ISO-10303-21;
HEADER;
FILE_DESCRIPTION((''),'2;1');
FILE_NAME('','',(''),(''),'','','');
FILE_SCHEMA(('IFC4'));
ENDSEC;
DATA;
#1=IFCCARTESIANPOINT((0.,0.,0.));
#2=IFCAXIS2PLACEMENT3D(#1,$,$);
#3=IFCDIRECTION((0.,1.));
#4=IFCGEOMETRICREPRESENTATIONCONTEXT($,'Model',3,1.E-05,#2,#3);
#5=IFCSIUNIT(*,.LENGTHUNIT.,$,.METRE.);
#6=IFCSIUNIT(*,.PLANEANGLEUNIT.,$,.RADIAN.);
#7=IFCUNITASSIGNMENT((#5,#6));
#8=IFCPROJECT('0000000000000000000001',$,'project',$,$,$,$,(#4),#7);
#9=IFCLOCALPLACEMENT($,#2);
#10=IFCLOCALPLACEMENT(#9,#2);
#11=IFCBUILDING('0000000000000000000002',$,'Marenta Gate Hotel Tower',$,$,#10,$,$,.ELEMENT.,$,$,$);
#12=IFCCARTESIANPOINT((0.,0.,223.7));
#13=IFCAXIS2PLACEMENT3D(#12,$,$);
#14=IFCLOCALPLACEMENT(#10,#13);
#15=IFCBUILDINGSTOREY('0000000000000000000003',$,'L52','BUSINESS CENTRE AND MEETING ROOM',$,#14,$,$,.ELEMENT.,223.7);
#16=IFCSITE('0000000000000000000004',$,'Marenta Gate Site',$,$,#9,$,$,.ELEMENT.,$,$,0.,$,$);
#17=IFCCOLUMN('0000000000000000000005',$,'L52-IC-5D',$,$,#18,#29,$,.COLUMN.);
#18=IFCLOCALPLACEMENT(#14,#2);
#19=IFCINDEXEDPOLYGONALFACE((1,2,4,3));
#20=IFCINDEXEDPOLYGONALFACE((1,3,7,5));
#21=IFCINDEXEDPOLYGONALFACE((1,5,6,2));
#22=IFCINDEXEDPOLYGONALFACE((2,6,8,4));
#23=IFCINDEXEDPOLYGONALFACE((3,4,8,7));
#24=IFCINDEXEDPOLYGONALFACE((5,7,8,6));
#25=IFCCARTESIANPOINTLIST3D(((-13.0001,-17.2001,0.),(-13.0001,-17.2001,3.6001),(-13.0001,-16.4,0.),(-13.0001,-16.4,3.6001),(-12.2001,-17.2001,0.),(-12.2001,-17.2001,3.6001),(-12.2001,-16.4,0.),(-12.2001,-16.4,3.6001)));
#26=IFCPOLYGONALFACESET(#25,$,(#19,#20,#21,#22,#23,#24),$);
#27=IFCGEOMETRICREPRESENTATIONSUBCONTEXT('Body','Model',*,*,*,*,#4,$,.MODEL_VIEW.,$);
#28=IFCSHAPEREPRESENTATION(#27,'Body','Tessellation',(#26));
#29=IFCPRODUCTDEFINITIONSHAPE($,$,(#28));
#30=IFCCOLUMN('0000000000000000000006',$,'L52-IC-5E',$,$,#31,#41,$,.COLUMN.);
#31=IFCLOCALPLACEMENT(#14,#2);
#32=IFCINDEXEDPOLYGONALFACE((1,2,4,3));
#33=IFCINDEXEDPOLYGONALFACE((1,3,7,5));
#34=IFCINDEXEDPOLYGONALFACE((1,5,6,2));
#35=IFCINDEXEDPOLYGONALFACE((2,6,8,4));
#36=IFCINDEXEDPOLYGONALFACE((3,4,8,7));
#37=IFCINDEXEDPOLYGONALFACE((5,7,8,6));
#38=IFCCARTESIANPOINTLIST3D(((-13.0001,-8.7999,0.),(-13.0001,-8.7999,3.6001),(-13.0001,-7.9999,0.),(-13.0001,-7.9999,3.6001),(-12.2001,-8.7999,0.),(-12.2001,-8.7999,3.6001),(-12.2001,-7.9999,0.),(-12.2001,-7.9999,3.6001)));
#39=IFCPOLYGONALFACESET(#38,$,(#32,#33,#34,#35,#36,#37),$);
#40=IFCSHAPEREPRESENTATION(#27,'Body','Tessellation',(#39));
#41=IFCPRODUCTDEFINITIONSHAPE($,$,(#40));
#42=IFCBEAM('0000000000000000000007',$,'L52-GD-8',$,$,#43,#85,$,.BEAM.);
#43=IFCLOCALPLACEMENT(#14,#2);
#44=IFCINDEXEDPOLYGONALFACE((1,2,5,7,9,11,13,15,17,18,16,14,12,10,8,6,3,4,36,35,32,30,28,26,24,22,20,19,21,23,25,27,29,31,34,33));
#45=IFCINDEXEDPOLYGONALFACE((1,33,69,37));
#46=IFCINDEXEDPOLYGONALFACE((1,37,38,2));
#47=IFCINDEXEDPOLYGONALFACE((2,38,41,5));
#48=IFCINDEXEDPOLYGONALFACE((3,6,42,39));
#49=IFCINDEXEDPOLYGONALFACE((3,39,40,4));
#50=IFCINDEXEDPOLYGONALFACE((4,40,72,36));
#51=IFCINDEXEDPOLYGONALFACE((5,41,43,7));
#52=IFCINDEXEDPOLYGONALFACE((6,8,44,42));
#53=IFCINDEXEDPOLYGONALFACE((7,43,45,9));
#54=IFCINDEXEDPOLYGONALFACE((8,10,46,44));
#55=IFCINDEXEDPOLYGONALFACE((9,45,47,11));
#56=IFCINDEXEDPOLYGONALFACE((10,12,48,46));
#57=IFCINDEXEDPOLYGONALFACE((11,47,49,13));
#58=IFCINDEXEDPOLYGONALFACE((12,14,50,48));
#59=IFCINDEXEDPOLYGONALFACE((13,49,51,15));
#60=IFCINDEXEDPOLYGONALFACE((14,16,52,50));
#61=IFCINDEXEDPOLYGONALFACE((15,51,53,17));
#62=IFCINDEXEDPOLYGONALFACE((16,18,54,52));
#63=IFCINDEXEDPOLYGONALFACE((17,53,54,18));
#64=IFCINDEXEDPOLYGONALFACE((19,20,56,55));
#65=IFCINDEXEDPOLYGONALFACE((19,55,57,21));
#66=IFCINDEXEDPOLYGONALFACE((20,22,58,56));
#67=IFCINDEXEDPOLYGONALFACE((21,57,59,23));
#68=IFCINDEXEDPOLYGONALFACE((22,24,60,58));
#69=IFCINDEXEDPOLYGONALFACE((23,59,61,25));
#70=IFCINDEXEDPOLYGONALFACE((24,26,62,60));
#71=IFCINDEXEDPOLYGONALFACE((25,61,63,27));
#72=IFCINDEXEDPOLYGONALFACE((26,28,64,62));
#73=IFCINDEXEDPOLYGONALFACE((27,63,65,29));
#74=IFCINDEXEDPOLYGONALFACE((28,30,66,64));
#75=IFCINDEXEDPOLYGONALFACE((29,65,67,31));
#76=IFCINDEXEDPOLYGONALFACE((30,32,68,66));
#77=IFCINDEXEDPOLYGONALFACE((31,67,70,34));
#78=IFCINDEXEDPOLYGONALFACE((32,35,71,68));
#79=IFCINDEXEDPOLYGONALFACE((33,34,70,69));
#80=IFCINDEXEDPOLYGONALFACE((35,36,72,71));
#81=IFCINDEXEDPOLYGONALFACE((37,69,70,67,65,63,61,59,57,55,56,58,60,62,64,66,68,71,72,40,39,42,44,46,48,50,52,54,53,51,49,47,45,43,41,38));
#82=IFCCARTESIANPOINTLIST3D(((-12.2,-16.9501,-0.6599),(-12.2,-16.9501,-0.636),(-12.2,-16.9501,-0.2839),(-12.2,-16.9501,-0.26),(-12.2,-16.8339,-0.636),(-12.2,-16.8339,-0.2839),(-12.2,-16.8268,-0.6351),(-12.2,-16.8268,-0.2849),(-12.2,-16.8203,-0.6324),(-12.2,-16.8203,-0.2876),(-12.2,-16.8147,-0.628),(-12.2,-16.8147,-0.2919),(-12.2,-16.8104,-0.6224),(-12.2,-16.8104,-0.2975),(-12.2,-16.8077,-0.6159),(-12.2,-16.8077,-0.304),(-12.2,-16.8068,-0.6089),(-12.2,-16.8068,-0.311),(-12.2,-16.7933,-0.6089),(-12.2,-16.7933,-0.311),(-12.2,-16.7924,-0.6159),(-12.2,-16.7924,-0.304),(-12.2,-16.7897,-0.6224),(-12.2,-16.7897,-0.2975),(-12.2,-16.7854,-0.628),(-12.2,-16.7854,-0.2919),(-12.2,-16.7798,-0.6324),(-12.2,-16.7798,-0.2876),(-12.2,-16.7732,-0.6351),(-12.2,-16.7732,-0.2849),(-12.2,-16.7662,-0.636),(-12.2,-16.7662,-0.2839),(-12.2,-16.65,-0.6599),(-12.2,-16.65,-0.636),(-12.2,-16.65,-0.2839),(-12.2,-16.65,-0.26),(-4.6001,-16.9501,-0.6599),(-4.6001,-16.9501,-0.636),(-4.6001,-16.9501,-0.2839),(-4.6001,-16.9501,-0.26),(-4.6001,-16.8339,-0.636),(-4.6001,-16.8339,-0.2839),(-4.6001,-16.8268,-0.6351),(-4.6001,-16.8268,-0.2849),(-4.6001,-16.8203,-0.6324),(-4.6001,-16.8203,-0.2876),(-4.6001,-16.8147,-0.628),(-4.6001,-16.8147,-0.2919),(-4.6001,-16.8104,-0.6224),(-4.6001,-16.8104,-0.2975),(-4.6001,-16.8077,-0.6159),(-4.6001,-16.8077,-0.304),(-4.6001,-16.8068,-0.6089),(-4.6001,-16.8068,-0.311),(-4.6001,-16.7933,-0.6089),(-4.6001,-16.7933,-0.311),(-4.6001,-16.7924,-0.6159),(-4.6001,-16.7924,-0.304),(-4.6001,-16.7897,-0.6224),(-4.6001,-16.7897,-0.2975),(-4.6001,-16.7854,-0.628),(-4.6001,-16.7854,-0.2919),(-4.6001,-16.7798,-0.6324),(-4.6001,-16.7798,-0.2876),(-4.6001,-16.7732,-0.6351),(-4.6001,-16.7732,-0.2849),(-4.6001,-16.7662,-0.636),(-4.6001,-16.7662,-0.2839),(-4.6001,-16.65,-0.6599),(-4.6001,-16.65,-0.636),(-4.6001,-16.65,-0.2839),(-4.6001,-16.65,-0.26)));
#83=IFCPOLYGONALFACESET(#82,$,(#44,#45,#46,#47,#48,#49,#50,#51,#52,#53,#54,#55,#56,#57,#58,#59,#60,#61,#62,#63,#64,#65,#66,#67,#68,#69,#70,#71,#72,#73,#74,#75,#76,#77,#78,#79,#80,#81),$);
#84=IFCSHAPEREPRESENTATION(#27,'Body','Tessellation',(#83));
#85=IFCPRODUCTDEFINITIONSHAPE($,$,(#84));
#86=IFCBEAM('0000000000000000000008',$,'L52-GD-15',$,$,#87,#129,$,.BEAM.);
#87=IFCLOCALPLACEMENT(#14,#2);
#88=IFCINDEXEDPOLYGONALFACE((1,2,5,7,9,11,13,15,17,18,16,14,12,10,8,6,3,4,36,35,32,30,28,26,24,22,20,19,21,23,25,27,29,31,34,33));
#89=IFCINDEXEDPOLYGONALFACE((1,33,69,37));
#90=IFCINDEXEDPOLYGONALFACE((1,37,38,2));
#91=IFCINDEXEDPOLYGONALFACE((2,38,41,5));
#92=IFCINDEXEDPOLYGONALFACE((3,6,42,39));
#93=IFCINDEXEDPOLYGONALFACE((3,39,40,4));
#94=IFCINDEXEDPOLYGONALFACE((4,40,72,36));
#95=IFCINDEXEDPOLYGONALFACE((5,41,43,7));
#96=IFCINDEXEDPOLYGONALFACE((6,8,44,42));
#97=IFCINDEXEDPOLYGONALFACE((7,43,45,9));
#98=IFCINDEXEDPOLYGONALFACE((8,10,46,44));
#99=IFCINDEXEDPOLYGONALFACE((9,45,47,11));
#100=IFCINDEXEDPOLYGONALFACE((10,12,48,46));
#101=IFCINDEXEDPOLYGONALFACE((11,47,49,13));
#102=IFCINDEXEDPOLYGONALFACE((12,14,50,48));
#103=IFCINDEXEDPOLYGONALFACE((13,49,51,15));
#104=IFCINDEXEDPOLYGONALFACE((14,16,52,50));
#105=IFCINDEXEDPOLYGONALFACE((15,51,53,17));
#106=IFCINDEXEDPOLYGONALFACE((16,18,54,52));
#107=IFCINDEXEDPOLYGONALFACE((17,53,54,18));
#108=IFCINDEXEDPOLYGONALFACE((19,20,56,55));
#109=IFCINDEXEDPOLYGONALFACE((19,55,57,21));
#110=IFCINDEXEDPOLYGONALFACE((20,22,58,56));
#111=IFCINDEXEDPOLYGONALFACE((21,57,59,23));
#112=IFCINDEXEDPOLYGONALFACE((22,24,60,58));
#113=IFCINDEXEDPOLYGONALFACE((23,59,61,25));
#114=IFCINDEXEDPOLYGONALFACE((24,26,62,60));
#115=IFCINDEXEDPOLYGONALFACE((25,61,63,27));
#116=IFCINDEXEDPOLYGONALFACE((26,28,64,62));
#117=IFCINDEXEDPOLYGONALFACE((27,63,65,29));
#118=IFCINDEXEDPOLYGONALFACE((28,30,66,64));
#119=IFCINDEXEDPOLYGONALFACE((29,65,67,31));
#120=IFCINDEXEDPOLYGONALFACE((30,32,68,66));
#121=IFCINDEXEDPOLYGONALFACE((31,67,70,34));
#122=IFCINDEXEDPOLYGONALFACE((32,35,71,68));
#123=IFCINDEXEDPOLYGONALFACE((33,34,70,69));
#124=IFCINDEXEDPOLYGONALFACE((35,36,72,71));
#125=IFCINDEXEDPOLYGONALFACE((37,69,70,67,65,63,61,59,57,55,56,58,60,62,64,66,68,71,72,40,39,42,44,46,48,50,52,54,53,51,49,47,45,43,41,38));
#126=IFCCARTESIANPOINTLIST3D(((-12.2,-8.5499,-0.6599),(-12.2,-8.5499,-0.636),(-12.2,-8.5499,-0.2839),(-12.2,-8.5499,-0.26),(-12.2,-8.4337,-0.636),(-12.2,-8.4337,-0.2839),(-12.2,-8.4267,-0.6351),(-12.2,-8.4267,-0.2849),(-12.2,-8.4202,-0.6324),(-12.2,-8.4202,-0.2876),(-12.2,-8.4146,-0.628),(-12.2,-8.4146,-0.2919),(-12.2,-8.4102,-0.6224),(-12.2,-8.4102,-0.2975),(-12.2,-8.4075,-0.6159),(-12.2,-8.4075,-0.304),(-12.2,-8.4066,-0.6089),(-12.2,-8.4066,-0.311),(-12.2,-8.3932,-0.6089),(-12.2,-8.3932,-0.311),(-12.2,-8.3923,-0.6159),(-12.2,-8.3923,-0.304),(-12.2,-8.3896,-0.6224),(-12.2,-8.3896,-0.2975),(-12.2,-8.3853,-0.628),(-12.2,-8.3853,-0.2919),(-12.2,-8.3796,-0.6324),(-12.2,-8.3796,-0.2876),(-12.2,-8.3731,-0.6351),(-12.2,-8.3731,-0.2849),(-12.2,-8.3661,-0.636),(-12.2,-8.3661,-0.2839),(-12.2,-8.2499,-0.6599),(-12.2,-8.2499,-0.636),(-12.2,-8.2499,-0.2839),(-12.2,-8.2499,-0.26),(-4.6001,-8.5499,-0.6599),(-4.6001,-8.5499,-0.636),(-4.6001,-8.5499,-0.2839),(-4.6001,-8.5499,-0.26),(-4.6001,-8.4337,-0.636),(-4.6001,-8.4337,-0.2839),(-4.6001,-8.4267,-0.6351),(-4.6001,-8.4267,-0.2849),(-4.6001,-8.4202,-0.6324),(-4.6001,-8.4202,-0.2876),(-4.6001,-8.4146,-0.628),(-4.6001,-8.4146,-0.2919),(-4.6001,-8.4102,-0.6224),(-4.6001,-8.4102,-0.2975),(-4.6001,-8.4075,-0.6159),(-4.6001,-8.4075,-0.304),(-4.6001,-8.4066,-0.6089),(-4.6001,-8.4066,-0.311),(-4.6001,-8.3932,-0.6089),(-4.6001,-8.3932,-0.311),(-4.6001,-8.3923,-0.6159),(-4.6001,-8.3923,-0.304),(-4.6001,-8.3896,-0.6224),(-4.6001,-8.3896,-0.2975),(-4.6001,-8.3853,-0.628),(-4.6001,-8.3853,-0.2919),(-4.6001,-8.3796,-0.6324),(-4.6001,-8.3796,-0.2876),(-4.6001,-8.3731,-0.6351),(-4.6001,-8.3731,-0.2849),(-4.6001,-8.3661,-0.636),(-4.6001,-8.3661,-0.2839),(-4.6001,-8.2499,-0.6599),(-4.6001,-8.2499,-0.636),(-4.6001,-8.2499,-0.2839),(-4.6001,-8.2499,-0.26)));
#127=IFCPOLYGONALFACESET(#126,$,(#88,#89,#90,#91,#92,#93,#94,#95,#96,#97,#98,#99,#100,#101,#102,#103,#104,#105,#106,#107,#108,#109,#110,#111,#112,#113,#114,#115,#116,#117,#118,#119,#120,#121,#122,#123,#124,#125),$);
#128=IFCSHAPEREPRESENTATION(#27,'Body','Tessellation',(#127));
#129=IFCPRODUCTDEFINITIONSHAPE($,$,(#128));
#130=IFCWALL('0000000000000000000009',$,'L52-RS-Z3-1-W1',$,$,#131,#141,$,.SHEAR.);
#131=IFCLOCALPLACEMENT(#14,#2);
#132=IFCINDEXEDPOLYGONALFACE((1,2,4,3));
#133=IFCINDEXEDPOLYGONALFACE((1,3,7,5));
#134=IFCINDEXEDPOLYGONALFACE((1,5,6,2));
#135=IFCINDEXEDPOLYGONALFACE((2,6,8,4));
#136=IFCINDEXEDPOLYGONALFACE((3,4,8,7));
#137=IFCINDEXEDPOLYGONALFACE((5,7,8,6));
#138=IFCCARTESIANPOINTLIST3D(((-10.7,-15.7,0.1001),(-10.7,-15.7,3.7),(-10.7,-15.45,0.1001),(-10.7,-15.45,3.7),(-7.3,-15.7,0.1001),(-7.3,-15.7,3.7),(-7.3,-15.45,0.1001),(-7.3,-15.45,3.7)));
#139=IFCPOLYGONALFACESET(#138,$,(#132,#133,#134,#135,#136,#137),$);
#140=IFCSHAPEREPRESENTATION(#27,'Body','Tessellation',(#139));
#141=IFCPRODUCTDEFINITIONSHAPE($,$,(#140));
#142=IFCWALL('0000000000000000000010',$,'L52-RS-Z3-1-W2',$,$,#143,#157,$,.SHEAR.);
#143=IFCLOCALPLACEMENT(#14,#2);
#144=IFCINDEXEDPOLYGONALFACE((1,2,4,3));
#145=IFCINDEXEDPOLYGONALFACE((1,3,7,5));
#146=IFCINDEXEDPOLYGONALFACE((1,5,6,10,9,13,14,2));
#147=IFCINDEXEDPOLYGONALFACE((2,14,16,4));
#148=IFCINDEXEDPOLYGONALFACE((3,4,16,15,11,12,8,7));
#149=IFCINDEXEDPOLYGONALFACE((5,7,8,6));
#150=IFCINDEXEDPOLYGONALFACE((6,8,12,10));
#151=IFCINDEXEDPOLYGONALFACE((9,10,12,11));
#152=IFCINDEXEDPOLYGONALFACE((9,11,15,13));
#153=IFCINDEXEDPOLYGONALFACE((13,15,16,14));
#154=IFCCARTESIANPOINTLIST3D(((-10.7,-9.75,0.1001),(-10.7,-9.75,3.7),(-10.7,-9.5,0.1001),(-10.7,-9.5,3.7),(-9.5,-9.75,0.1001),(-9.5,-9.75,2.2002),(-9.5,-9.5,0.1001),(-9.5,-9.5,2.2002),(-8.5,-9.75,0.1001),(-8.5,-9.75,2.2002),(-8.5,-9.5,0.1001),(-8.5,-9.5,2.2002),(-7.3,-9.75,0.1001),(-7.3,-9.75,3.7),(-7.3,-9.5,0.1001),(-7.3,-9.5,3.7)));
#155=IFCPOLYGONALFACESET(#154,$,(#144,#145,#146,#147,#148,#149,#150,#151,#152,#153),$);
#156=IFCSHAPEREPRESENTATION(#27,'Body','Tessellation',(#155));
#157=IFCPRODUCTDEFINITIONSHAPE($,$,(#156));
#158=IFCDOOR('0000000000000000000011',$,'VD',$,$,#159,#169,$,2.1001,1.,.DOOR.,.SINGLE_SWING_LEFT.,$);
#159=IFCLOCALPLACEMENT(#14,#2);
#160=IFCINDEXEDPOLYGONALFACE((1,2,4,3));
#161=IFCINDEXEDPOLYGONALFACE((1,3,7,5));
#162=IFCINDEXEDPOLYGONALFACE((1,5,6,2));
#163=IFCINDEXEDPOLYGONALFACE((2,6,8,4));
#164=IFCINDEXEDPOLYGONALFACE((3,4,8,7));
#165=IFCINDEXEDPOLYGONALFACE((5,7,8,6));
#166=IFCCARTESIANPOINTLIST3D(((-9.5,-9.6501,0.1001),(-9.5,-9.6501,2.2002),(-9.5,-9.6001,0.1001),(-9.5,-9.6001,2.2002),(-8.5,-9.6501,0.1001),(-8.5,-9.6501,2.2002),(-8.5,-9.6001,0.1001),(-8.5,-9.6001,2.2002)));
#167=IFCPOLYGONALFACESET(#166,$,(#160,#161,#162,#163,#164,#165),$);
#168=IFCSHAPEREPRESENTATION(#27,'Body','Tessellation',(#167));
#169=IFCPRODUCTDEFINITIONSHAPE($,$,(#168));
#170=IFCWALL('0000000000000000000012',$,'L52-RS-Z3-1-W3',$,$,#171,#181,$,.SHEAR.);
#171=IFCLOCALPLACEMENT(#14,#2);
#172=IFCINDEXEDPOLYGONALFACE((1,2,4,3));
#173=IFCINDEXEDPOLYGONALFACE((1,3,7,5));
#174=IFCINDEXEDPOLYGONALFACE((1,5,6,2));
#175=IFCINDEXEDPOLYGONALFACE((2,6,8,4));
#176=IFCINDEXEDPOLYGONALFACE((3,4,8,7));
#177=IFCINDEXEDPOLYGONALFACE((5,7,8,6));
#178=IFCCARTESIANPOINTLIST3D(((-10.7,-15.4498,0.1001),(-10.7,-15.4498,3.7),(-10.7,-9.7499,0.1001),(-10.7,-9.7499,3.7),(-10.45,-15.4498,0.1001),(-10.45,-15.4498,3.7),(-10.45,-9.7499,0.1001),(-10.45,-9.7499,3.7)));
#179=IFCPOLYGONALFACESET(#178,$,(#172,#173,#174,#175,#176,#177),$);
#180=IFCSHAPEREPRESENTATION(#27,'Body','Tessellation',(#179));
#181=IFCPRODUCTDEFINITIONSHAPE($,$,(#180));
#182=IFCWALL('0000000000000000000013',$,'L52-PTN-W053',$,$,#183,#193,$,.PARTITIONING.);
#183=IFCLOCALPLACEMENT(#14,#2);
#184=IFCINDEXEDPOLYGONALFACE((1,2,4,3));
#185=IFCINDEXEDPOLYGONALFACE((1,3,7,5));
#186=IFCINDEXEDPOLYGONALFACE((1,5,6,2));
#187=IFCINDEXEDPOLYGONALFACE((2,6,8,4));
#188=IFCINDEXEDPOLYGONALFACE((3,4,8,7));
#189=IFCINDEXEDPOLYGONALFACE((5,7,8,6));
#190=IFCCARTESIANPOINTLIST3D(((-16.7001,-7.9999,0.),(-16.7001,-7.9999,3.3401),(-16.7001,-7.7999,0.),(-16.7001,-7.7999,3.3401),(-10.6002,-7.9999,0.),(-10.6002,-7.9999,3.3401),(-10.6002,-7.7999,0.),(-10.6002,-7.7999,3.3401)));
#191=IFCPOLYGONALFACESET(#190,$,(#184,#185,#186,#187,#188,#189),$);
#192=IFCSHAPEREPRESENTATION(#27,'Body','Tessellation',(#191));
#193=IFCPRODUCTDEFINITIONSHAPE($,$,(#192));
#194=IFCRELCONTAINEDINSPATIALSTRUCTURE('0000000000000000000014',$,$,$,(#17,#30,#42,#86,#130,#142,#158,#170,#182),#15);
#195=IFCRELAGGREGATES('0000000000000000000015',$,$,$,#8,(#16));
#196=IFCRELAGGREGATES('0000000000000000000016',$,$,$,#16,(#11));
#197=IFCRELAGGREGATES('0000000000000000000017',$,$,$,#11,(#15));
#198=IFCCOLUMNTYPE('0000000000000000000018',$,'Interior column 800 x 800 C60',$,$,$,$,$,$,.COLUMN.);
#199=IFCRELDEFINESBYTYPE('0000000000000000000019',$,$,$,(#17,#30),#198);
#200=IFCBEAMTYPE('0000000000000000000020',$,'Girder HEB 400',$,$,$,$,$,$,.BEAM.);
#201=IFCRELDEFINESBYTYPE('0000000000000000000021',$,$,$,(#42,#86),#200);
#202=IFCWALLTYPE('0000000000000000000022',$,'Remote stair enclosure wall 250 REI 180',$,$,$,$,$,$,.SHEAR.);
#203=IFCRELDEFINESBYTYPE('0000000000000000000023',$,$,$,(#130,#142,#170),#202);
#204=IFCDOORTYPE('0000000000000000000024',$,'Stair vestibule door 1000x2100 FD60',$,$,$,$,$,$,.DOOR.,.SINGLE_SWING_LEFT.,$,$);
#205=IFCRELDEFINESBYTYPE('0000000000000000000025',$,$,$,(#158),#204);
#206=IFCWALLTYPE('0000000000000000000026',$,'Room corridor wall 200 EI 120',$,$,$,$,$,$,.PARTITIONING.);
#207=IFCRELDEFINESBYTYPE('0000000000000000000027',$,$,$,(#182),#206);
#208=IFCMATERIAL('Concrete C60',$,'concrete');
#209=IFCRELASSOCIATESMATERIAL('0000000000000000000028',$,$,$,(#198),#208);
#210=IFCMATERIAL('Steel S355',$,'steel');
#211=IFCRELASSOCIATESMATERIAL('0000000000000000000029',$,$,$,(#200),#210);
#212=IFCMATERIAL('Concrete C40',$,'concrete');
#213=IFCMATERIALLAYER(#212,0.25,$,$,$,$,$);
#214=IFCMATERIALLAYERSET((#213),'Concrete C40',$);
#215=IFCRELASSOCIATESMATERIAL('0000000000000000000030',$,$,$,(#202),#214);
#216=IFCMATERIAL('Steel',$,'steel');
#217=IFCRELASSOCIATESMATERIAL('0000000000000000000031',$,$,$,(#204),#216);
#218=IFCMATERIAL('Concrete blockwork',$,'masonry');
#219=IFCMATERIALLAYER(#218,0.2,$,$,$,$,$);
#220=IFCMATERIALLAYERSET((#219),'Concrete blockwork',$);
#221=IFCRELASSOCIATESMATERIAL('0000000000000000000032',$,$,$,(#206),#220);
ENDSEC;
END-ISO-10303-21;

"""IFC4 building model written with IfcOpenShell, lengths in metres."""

from ifc_helpers import new_model, si_unit, direction, frame, frame_2d, origin, origin_2d, place, context, subcontext, project, spatial, rectangle, i_section, extrude, material, layer, layer_set, material_profile, profile_set, type_object, element, fill, save


model = new_model("IFC4")

# Units and contexts
model_context = context("Model", 3, precision=1e-05, world=origin(), true_north=direction((0.0, 1.0)))
body_context = subcontext(model_context, "Body", "Model", "MODEL_VIEW")
ifc_project = project(units=[si_unit("LENGTHUNIT", "METRE"), si_unit("PLANEANGLEUNIT", "RADIAN")], contexts=[model_context])

# Site, building, storey
site_placement = place(None, origin())
site = spatial("IfcSite", under=ifc_project, at=site_placement, Name="Marenta Gate Site", CompositionType="ELEMENT", RefElevation=0.0)
building_placement = place(site_placement, origin())
building = spatial("IfcBuilding", under=site, at=building_placement, Name="Marenta Gate Hotel Tower", CompositionType="ELEMENT")
storey_placement = place(building_placement, frame((0.0, 0.0, 223.7)))
storey = spatial("IfcBuildingStorey", under=building, at=storey_placement, Name="L52", Description="BUSINESS CENTRE AND MEETING ROOM", CompositionType="ELEMENT", Elevation=223.7)

# Columns
ifc_material_1 = material(Name="Concrete C60", Category="concrete")
ifc_material_profile_1 = material_profile(ifc_material_1, rectangle(XDim=0.8, YDim=0.8, at=origin_2d()), Name="800 x 800")
ifc_profile_set_1 = profile_set([ifc_material_profile_1], Name="Concrete C60")
column_type = type_object("IfcColumnType", Name="Interior column 800 x 800 C60", PredefinedType="COLUMN", material=ifc_profile_set_1)
for number, where, z_axis, x_axis, name in (
    (1, (-12.6001, -16.8, 0.0), (0.0, 0.0, 1.0), (1.0, 0.0, 0.0), "L52-IC-5D"),
    (2, (-12.6001, -8.3999, 0.0), (0.0, 0.0, 1.0), (1.0, 0.0, 0.0), "L52-IC-5E"),
):
    element("IfcColumn", number, at=place(storey_placement, frame(where, z_axis=z_axis, x_axis=x_axis)), inside=storey, type_object=column_type, Name=name, PredefinedType="COLUMN", context=body_context, shape_type="SweptSolid", body=[
        extrude(rectangle(XDim=0.8, YDim=0.8, at=origin_2d()), origin(), (0.0, 0.0, 1.0), 3.6001),
    ])

# Beams
ifc_material_2 = material(Name="Steel S355", Category="steel")
ifc_material_profile_2 = material_profile(ifc_material_2, i_section(OverallWidth=0.3, OverallDepth=0.3999, WebThickness=0.0134, FlangeThickness=0.0239, FilletRadius=0.0271, at=origin_2d()), Name="HEB 400")
ifc_profile_set_2 = profile_set([ifc_material_profile_2], Name="Steel S355")
beam_type = type_object("IfcBeamType", Name="Girder HEB 400", PredefinedType="BEAM", material=ifc_profile_set_2)
for number, where, z_axis, x_axis, name in (
    (3, (-12.2, -16.8, -0.46), (1.0, 0.0, 0.0), (0.0, 1.0, 0.0), "L52-GD-8"),
    (4, (-12.2, -8.3999, -0.46), (1.0, 0.0, 0.0), (0.0, 1.0, 0.0), "L52-GD-15"),
):
    element("IfcBeam", number, at=place(storey_placement, frame(where, z_axis=z_axis, x_axis=x_axis)), inside=storey, type_object=beam_type, Name=name, PredefinedType="BEAM", context=body_context, shape_type="SweptSolid", body=[
        extrude(i_section(OverallWidth=0.3, OverallDepth=0.3999, WebThickness=0.0134, FlangeThickness=0.0239, FilletRadius=0.0271, at=origin_2d()), origin(), (0.0, 0.0, 1.0), 7.5999),
    ])

# Wall
ifc_material_3 = material(Name="Concrete C40", Category="concrete")
ifc_layer_1 = layer(ifc_material_3, 0.25)
ifc_layer_set_1 = layer_set([ifc_layer_1], Name="Concrete C40")
wall_type_1 = type_object("IfcWallType", Name="Remote stair enclosure wall 250 REI 180", PredefinedType="SHEAR", material=ifc_layer_set_1)
wall_1_placement = place(storey_placement, frame((-10.7, -15.575, 0.1001), z_axis=(0.0, 0.0, 1.0), x_axis=(1.0, 0.0, 0.0)))
element("IfcWall", 5, at=wall_1_placement, inside=storey, type_object=wall_type_1, Name="L52-RS-Z3-1-W1", PredefinedType="SHEAR", context=body_context, shape_type="SweptSolid", body=[
    extrude(rectangle(XDim=3.3999, YDim=0.25, at=frame_2d((1.7, 0.0))), origin(), (0.0, 0.0, 1.0), 3.5999),
])

# Wall, opening, door
wall_2_placement = place(storey_placement, frame((-10.7, -9.625, 0.1001), z_axis=(0.0, 0.0, 1.0), x_axis=(1.0, 0.0, 0.0)))
wall_2 = element("IfcWall", 6, at=wall_2_placement, inside=storey, type_object=wall_type_1, Name="L52-RS-Z3-1-W2", PredefinedType="SHEAR", context=body_context, shape_type="SweptSolid", body=[
    extrude(rectangle(XDim=3.3999, YDim=0.25, at=frame_2d((1.7, 0.0))), origin(), (0.0, 0.0, 1.0), 3.5999),
])
opening_1_placement = place(wall_2_placement, frame((1.2, 0.0, 0.0)))
opening_1 = element("IfcOpeningElement", 7, at=opening_1_placement, cuts=wall_2, PredefinedType="OPENING", context=body_context, shape_type="SweptSolid", body=[
    extrude(rectangle(XDim=1.0, YDim=2.1001, at=frame_2d((0.5, 1.05))), frame((0.0, 0.125, 0.0), z_axis=(0.0, -1.0, 0.0), x_axis=(1.0, 0.0, 0.0)), (0.0, 0.0, 1.0), 0.25),
])
ifc_material_4 = material(Name="Steel", Category="steel")
door_type_1 = type_object("IfcDoorType", Name="Stair vestibule door 1000x2100 FD60", OperationType="SINGLE_SWING_LEFT", PredefinedType="DOOR", material=ifc_material_4)
door_1_placement = place(opening_1_placement, origin())
door_1 = element("IfcDoor", 8, at=door_1_placement, inside=storey, type_object=door_type_1, Name="VD", OperationType="SINGLE_SWING_LEFT", OverallHeight=2.1001, OverallWidth=1.0, PredefinedType="DOOR", context=body_context, shape_type="SweptSolid", body=[
    extrude(rectangle(XDim=1.0, YDim=2.1001, at=frame_2d((0.5, 1.05))), frame((0.0, 0.0249, 0.0), z_axis=(0.0, -1.0, 0.0), x_axis=(1.0, 0.0, 0.0)), (0.0, 0.0, 1.0), 0.05),
])
fill(opening_1, door_1)

# Walls
wall_3_placement = place(storey_placement, frame((-10.575, -15.45, 0.1001), z_axis=(0.0, 0.0, 1.0), x_axis=(0.0, 1.0, 0.0)))
element("IfcWall", 9, at=wall_3_placement, inside=storey, type_object=wall_type_1, Name="L52-RS-Z3-1-W3", PredefinedType="SHEAR", context=body_context, shape_type="SweptSolid", body=[
    extrude(rectangle(XDim=5.7, YDim=0.25, at=frame_2d((2.8501, 0.0))), origin(), (0.0, 0.0, 1.0), 3.5999),
])
ifc_material_5 = material(Name="Concrete blockwork", Category="masonry")
ifc_layer_2 = layer(ifc_material_5, 0.2)
ifc_layer_set_2 = layer_set([ifc_layer_2], Name="Concrete blockwork")
wall_type_2 = type_object("IfcWallType", Name="Room corridor wall 200 EI 120", PredefinedType="PARTITIONING", material=ifc_layer_set_2)
wall_4_placement = place(storey_placement, frame((-16.7, -7.8999, 0.0), z_axis=(0.0, 0.0, 1.0), x_axis=(1.0, 0.0, 0.0)))
element("IfcWall", 10, at=wall_4_placement, inside=storey, type_object=wall_type_2, Name="L52-PTN-W053", PredefinedType="PARTITIONING", context=body_context, shape_type="SweptSolid", body=[
    extrude(rectangle(XDim=6.0999, YDim=0.2, at=frame_2d((3.0498, 0.0))), origin(), (0.0, 0.0, 1.0), 3.3401),
])

save(model, "model.ifc")
